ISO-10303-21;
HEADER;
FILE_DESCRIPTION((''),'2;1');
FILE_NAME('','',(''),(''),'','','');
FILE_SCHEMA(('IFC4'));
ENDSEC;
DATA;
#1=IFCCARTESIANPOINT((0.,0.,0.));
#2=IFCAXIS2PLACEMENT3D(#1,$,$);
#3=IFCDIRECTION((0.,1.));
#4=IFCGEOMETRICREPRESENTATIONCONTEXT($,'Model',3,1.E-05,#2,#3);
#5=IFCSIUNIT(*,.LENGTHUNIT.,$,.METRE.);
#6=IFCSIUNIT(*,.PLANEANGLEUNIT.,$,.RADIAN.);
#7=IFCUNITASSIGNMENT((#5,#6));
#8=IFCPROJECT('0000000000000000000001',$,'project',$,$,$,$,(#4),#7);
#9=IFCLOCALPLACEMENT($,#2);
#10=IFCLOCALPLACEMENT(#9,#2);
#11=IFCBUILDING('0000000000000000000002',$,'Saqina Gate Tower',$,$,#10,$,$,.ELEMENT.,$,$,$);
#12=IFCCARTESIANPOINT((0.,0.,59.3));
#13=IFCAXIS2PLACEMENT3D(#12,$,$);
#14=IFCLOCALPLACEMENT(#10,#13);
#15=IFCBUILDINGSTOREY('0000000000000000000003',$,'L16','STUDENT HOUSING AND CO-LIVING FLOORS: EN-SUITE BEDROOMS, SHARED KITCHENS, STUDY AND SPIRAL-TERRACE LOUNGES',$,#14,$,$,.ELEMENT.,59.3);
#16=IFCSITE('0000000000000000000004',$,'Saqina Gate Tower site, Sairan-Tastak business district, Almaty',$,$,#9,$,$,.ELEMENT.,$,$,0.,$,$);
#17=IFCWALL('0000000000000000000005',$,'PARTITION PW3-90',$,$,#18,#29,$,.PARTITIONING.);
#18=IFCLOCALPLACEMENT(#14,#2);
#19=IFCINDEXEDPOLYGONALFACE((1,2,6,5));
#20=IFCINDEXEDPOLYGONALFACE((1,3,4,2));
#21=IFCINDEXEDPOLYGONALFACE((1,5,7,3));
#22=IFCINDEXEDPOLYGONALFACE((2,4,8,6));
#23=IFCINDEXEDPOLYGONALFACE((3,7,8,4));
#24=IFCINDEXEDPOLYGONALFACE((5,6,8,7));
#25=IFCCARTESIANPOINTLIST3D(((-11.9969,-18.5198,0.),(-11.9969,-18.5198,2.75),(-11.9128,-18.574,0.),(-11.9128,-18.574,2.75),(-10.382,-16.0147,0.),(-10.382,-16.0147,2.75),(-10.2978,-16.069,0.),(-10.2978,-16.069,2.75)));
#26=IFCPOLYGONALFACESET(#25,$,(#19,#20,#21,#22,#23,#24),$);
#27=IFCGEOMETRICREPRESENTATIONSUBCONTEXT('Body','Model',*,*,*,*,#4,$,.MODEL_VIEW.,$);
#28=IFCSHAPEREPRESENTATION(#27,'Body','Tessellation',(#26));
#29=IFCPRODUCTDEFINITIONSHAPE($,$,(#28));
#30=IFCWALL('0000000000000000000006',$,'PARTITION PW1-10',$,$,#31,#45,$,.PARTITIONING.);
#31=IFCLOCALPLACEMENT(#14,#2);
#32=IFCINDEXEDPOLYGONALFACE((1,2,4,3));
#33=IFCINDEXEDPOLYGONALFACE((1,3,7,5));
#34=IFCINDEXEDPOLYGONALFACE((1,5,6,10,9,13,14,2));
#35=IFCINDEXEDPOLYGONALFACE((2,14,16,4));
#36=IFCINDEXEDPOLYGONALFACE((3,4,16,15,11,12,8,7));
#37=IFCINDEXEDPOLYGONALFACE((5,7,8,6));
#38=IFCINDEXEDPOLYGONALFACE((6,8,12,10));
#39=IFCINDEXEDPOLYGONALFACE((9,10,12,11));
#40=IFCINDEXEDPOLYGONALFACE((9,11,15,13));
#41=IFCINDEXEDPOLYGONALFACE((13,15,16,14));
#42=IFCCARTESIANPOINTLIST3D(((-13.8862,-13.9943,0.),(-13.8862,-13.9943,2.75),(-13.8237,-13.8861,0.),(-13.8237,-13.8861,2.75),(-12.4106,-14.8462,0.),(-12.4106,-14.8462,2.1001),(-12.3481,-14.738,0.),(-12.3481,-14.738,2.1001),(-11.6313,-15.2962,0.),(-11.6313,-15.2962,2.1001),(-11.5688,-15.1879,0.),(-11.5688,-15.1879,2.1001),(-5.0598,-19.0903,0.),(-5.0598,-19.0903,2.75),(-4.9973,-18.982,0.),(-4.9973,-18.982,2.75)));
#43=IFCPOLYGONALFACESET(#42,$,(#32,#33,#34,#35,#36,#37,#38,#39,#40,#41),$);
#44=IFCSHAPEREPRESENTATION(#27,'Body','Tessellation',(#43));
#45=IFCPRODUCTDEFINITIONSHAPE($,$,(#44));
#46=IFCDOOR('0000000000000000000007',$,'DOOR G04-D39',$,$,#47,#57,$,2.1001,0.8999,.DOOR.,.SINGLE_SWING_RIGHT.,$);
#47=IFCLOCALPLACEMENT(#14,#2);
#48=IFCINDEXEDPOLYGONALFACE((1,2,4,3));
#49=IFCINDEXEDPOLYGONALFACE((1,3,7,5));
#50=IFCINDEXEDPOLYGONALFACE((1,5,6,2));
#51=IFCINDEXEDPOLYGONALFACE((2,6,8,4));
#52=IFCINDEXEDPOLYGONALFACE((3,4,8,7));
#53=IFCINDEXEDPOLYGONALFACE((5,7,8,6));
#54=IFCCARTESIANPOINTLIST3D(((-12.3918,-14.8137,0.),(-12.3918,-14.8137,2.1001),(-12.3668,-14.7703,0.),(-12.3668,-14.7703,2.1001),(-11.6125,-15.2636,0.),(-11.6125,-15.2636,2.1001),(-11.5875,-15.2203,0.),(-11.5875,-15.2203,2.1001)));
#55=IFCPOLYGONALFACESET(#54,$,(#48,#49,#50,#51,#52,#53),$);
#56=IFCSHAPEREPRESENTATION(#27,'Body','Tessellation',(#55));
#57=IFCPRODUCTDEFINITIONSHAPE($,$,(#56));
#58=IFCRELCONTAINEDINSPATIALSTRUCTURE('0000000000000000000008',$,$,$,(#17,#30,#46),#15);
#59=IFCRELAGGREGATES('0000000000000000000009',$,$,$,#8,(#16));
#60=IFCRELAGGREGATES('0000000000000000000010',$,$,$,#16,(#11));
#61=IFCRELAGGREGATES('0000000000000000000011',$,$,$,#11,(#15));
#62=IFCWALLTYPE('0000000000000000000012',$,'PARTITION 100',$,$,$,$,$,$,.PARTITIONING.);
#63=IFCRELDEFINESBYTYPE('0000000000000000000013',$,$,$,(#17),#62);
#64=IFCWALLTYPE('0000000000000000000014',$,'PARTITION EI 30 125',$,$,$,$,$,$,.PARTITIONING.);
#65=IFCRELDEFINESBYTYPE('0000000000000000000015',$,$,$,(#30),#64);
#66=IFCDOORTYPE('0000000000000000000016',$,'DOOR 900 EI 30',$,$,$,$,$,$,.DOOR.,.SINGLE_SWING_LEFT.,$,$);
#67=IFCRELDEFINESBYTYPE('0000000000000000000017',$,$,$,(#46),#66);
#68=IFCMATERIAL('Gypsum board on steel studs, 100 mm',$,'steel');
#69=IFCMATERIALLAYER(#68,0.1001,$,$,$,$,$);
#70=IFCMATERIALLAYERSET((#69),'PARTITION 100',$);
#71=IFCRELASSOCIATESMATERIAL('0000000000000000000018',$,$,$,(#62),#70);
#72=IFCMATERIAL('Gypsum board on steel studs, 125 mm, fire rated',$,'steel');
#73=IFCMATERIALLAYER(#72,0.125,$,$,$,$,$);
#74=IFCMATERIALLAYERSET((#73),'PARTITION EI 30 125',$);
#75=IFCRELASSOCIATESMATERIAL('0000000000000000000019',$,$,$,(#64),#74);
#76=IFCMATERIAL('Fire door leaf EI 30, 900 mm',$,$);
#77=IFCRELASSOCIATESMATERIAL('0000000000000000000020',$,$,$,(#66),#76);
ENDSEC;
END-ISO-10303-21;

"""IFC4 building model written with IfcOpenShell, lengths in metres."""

from ifc_helpers import new_model, si_unit, direction, frame, frame_2d, origin, place, context, subcontext, project, spatial, rectangle, extrude, material, layer, layer_set, type_object, element, fill, save


model = new_model("IFC4")

# Units and contexts
model_context = context("Model", 3, precision=1e-05, world=origin(), true_north=direction((0.0, 1.0)))
body_context = subcontext(model_context, "Body", "Model", "MODEL_VIEW")
ifc_project = project(units=[si_unit("LENGTHUNIT", "METRE"), si_unit("PLANEANGLEUNIT", "RADIAN")], contexts=[model_context])

# Site, building, storey
site_placement = place(None, origin())
site = spatial("IfcSite", under=ifc_project, at=site_placement, Name="Saqina Gate Tower site, Sairan-Tastak business district, Almaty", CompositionType="ELEMENT", RefElevation=0.0)
building_placement = place(site_placement, origin())
building = spatial("IfcBuilding", under=site, at=building_placement, Name="Saqina Gate Tower", CompositionType="ELEMENT")
storey_placement = place(building_placement, frame((0.0, 0.0, 59.3)))
storey = spatial("IfcBuildingStorey", under=building, at=storey_placement, Name="L16", Description="STUDENT HOUSING AND CO-LIVING FLOORS: EN-SUITE BEDROOMS, SHARED KITCHENS, STUDY AND SPIRAL-TERRACE LOUNGES", CompositionType="ELEMENT", Elevation=59.3)

# Wall
ifc_material_1 = material(Name="Gypsum board on steel studs, 100 mm", Category="steel")
ifc_layer_1 = layer(ifc_material_1, 0.1001)
ifc_layer_set_1 = layer_set([ifc_layer_1], Name="PARTITION 100")
wall_type_1 = type_object("IfcWallType", Name="PARTITION 100", PredefinedType="PARTITIONING", material=ifc_layer_set_1)
wall_1_placement = place(storey_placement, frame((-11.9548, -18.5469, 0.0), z_axis=(0.0, 0.0, 1.0), x_axis=(0.541838, 0.840483, 0.0)))
element("IfcWall", 1, at=wall_1_placement, inside=storey, type_object=wall_type_1, Name="PARTITION PW3-90", PredefinedType="PARTITIONING", context=body_context, shape_type="SweptSolid", body=[
    extrude(rectangle(XDim=2.9805, YDim=0.1001, at=frame_2d((1.4902, 0.0))), origin(), (0.0, 0.0, 1.0), 2.75),
])

# Wall, opening, door
ifc_material_2 = material(Name="Gypsum board on steel studs, 125 mm, fire rated", Category="steel")
ifc_layer_2 = layer(ifc_material_2, 0.125)
ifc_layer_set_2 = layer_set([ifc_layer_2], Name="PARTITION EI 30 125")
wall_type_2 = type_object("IfcWallType", Name="PARTITION EI 30 125", PredefinedType="PARTITIONING", material=ifc_layer_set_2)
wall_2_placement = place(storey_placement, frame((-13.855, -13.9402, 0.0), z_axis=(0.0, 0.0, 1.0), x_axis=(0.866025, -0.500001, 0.0)))
wall_2 = element("IfcWall", 2, at=wall_2_placement, inside=storey, type_object=wall_type_2, Name="PARTITION PW1-10", PredefinedType="PARTITIONING", context=body_context, shape_type="SweptSolid", body=[
    extrude(rectangle(XDim=10.1919, YDim=0.125, at=frame_2d((5.0959, 0.0))), origin(), (0.0, 0.0, 1.0), 2.75),
])
opening_1_placement = place(wall_2_placement, frame((1.7039, 0.0, 0.0)))
opening_1 = element("IfcOpeningElement", 3, at=opening_1_placement, cuts=wall_2, PredefinedType="OPENING", context=body_context, shape_type="SweptSolid", body=[
    extrude(rectangle(XDim=0.8999, YDim=2.1001, at=frame_2d((0.45, 1.05))), frame((0.0, 0.0745, 0.0), z_axis=(0.0, -1.0, 0.0), x_axis=(1.0, 0.0, 0.0)), (0.0, 0.0, 1.0), 0.1489),
])
ifc_material_3 = material(Name="Fire door leaf EI 30, 900 mm")
door_type = type_object("IfcDoorType", Name="DOOR 900 EI 30", OperationType="SINGLE_SWING_LEFT", PredefinedType="DOOR", material=ifc_material_3)
door_placement = place(opening_1_placement, frame((0.8999, 0.0, 0.0), z_axis=(0.0, 0.0, 1.0), x_axis=(-1.0, 0.0, 0.0)))
door = element("IfcDoor", 4, at=door_placement, inside=storey, type_object=door_type, Name="DOOR G04-D39", OperationType="SINGLE_SWING_RIGHT", OverallHeight=2.1001, OverallWidth=0.8999, PredefinedType="DOOR", context=body_context, shape_type="SweptSolid", body=[
    extrude(rectangle(XDim=0.8999, YDim=2.1001, at=frame_2d((0.45, 1.05))), frame((0.0, 0.0249, 0.0), z_axis=(0.0, -1.0, 0.0), x_axis=(1.0, 0.0, 0.0)), (0.0, 0.0, 1.0), 0.05),
])
fill(opening_1, door)

save(model, "model.ifc")
